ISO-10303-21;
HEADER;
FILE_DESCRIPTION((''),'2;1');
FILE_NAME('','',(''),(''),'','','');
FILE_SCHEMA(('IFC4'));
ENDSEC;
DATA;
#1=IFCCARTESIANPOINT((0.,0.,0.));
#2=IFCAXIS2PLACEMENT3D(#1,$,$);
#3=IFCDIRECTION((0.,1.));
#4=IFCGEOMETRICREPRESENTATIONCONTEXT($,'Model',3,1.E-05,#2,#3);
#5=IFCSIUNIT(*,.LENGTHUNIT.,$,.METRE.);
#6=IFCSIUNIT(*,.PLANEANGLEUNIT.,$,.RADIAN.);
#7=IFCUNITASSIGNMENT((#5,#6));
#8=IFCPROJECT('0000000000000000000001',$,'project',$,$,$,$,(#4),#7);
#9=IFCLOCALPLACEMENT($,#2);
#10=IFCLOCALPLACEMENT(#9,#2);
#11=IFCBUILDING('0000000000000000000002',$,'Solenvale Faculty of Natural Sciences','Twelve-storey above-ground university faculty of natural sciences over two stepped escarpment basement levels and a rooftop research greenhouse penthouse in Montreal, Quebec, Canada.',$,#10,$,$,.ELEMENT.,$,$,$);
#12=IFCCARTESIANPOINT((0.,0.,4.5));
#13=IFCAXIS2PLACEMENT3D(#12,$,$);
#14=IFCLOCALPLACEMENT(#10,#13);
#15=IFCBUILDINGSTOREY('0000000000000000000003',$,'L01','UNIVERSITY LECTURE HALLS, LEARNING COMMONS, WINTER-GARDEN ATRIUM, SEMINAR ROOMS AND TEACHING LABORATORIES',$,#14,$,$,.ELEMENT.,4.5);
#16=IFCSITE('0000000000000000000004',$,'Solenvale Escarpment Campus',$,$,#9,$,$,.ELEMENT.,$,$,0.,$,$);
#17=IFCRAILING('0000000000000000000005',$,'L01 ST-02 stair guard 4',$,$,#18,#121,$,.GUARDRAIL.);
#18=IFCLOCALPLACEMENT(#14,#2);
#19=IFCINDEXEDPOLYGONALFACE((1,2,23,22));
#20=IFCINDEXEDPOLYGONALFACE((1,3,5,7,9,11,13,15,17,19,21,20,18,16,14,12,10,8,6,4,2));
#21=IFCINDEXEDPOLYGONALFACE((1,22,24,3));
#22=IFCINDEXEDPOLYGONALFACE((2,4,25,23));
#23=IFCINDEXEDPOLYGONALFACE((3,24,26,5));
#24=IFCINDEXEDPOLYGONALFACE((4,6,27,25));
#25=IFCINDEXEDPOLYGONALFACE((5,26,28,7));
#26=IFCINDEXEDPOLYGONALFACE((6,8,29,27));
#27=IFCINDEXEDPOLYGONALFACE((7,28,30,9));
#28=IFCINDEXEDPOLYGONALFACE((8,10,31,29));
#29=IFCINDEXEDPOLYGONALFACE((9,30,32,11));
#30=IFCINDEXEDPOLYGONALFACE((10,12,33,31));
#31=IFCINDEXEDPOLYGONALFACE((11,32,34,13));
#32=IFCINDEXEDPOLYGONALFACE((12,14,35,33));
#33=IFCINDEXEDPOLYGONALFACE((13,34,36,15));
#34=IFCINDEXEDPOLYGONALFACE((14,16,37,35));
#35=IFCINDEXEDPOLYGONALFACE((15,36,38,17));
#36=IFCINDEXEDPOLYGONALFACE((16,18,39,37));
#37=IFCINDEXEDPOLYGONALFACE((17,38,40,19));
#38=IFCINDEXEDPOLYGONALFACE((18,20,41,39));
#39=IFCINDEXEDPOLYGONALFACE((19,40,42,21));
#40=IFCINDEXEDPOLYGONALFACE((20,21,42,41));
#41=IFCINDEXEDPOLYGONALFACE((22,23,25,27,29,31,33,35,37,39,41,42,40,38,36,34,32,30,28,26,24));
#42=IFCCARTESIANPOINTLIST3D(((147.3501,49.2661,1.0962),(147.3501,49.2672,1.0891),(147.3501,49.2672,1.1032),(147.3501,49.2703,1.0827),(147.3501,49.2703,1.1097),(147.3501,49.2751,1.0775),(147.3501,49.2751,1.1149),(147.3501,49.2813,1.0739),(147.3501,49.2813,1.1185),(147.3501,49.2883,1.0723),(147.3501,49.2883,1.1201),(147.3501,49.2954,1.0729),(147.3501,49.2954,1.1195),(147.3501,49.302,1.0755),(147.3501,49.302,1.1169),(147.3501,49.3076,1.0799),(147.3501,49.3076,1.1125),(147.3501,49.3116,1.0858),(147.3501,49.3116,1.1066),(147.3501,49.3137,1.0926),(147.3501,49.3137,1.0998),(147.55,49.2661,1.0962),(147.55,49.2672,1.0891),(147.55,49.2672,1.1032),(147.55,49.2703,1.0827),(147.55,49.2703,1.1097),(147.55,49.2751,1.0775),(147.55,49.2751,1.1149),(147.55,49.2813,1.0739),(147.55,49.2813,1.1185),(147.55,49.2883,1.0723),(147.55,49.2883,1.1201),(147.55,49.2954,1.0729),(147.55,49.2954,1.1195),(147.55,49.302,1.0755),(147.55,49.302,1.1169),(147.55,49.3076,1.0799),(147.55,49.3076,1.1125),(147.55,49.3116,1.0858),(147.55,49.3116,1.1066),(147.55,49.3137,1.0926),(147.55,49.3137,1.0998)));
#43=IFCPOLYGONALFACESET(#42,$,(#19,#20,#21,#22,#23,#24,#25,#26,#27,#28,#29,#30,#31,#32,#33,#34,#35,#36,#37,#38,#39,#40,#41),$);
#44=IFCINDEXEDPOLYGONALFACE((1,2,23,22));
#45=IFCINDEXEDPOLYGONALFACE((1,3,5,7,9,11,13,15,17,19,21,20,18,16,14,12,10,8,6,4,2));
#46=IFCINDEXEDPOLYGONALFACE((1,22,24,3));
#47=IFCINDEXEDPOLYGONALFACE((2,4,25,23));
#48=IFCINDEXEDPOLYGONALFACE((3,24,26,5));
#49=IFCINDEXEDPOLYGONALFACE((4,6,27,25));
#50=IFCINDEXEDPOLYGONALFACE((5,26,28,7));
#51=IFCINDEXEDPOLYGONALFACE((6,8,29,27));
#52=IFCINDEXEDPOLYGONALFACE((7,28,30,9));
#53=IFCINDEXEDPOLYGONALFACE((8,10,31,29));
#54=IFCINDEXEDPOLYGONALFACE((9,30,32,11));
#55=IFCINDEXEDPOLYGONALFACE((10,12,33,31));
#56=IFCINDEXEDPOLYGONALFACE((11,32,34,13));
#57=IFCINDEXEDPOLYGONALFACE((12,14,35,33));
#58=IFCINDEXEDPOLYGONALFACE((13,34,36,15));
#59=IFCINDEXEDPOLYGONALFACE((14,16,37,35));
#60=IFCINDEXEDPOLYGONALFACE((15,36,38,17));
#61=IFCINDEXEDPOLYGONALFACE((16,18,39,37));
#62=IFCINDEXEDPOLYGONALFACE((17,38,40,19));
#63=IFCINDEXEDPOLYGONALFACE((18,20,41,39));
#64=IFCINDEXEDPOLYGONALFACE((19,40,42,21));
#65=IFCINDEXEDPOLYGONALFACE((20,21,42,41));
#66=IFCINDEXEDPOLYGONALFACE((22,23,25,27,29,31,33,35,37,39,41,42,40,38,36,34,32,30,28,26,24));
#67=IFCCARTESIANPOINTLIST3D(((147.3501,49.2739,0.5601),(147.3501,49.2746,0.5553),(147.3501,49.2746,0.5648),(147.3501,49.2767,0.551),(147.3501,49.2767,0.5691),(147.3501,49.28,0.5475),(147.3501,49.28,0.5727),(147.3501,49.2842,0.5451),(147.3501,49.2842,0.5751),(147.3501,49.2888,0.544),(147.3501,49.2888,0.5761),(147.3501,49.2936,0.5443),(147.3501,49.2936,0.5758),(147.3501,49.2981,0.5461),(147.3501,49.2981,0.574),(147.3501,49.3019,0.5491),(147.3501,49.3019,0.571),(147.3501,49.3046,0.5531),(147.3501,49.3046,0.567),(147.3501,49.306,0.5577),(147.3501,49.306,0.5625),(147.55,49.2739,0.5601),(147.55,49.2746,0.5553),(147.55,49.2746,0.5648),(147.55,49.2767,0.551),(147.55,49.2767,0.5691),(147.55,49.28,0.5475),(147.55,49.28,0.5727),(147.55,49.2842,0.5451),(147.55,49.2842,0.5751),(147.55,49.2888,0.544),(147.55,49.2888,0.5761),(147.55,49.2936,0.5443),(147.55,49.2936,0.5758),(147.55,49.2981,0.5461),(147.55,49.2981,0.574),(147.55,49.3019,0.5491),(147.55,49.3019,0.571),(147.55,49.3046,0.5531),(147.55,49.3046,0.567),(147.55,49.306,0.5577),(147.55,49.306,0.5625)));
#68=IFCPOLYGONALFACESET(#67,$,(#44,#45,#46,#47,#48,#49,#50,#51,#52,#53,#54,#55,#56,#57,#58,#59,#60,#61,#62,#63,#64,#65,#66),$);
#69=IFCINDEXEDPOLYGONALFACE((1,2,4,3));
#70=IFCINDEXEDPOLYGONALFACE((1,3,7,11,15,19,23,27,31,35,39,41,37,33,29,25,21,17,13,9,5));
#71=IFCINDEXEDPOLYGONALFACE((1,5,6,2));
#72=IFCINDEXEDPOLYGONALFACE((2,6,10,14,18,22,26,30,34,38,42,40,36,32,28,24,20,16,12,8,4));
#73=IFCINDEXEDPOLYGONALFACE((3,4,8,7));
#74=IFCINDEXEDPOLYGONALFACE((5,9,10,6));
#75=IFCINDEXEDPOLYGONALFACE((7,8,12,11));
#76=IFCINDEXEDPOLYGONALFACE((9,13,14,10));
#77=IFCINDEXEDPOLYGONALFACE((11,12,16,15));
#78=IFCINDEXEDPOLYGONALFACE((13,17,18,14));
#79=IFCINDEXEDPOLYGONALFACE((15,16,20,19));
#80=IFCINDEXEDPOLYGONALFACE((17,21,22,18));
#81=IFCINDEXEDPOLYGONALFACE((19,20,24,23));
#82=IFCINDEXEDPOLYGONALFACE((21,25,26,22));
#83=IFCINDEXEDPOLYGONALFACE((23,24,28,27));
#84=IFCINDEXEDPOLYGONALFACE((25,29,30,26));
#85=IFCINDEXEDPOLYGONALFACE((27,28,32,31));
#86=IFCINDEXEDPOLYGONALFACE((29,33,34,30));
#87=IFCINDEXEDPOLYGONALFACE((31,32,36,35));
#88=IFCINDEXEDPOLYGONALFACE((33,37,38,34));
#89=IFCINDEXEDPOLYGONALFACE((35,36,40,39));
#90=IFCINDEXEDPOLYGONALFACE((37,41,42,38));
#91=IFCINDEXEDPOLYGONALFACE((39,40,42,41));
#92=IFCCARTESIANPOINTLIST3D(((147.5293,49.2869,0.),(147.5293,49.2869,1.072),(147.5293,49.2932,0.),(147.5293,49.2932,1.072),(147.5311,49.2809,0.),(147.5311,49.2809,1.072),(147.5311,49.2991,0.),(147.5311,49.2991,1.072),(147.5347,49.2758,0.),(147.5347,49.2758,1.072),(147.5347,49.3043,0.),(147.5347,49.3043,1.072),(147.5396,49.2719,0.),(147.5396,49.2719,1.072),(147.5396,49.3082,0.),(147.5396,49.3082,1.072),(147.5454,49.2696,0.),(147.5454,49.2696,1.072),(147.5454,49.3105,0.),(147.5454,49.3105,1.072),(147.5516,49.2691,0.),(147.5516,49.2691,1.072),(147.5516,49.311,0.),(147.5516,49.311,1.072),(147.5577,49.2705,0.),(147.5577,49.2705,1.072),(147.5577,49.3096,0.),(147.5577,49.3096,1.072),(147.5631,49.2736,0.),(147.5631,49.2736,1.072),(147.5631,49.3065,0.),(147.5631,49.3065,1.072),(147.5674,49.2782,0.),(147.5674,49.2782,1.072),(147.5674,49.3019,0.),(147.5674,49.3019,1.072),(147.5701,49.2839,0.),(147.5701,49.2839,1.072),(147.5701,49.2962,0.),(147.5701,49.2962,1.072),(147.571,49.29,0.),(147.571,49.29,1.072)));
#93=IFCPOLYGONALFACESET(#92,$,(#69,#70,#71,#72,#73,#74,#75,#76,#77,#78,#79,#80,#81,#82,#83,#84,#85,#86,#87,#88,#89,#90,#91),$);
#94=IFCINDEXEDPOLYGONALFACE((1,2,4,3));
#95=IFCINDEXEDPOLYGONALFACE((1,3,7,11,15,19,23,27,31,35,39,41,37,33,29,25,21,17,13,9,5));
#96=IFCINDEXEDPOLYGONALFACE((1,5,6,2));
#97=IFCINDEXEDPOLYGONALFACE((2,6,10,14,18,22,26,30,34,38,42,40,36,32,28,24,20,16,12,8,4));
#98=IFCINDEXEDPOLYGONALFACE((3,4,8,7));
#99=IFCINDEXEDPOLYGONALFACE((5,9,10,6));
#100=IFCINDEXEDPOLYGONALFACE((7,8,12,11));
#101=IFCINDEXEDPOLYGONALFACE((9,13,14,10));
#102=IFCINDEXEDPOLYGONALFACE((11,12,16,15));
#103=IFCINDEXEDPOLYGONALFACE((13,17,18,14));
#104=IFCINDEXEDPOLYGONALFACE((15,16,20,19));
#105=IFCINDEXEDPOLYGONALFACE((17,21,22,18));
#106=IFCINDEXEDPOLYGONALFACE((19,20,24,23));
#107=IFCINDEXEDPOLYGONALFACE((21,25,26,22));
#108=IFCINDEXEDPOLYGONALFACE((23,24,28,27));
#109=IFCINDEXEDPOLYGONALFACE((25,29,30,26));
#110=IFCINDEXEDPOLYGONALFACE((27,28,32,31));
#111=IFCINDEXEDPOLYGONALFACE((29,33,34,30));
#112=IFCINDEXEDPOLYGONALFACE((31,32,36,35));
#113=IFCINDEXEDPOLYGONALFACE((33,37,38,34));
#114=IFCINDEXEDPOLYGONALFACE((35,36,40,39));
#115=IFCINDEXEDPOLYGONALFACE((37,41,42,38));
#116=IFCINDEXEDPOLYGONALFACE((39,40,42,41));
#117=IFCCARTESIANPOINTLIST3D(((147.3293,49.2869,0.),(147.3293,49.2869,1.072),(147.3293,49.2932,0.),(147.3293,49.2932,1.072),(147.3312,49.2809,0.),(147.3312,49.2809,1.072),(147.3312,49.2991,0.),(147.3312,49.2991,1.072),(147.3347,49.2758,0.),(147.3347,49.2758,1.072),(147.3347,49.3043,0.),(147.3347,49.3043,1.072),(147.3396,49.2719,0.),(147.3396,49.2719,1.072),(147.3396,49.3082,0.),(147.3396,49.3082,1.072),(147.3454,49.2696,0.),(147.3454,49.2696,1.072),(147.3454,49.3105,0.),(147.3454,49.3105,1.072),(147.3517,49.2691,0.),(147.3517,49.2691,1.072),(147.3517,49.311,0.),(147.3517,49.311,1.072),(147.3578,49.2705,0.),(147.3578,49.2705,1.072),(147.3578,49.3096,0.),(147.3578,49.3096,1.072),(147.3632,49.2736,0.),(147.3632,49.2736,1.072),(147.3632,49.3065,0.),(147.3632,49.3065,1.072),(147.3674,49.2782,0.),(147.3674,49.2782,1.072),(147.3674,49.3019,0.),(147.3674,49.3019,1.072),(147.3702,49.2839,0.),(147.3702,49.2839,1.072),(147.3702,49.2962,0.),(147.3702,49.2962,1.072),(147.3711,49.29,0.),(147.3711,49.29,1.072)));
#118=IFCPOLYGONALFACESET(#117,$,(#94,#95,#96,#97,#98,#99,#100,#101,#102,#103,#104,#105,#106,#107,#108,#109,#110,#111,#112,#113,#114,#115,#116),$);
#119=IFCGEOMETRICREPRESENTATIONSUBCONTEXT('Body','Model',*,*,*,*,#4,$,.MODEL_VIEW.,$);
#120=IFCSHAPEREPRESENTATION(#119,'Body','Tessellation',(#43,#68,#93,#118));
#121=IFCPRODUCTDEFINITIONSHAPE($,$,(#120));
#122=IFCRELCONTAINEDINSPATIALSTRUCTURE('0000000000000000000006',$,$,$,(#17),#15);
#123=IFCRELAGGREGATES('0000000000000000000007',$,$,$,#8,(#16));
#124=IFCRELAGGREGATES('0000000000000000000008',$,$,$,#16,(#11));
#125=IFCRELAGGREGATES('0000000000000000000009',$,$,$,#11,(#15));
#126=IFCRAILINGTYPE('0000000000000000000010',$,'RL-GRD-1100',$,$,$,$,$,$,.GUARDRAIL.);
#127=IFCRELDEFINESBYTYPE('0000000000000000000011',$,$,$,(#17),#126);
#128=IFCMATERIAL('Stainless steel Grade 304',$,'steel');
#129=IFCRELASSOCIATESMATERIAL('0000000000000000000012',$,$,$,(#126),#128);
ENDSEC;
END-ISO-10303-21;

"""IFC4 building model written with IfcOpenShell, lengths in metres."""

from ifc_helpers import new_model, si_unit, direction, frame, origin, origin_2d, place, context, subcontext, project, spatial, circle, extrude, material, type_object, element, save


model = new_model("IFC4")

# Units and contexts
model_context = context("Model", 3, precision=1e-05, world=origin(), true_north=direction((0.0, 1.0)))
body_context = subcontext(model_context, "Body", "Model", "MODEL_VIEW")
ifc_project = project(units=[si_unit("LENGTHUNIT", "METRE"), si_unit("PLANEANGLEUNIT", "RADIAN")], contexts=[model_context])

# Site, building, storey
site_placement = place(None, origin())
site = spatial("IfcSite", under=ifc_project, at=site_placement, Name="Solenvale Escarpment Campus", CompositionType="ELEMENT", RefElevation=0.0)
building_placement = place(site_placement, origin())
building = spatial("IfcBuilding", under=site, at=building_placement, Name="Solenvale Faculty of Natural Sciences", Description="Twelve-storey above-ground university faculty of natural sciences over two stepped escarpment basement levels and a rooftop research greenhouse penthouse in Montreal, Quebec, Canada.", CompositionType="ELEMENT")
storey_placement = place(building_placement, frame((0.0, 0.0, 4.5)))
storey = spatial("IfcBuildingStorey", under=building, at=storey_placement, Name="L01", Description="UNIVERSITY LECTURE HALLS, LEARNING COMMONS, WINTER-GARDEN ATRIUM, SEMINAR ROOMS AND TEACHING LABORATORIES", CompositionType="ELEMENT", Elevation=4.5)

# Railing
ifc_material_1 = material(Name="Stainless steel Grade 304", Category="steel")
railing_type_1 = type_object("IfcRailingType", Name="RL-GRD-1100", PredefinedType="GUARDRAIL", material=ifc_material_1)
railing_1_placement = place(storey_placement, frame((147.55, 49.29, 0.0)))
element("IfcRailing", 1, at=railing_1_placement, inside=storey, type_object=railing_type_1, Name="L01 ST-02 stair guard 4", PredefinedType="GUARDRAIL", context=body_context, shape_type="SweptSolid", body=[
    extrude(circle(Radius=0.0239, at=origin_2d()), frame((0.0, 0.0, 1.0962), z_axis=(-1.0, 0.0, 0.0), x_axis=(0.0, -1.0, 0.0)), (0.0, 0.0, 1.0), 0.2),
    extrude(circle(Radius=0.0161, at=origin_2d()), frame((0.0, 0.0, 0.5601), z_axis=(-1.0, 0.0, 0.0), x_axis=(0.0, -1.0, 0.0)), (0.0, 0.0, 1.0), 0.2),
    extrude(circle(Radius=0.021, at=origin_2d()), origin(), (0.0, 0.0, 1.0), 1.072),
    extrude(circle(Radius=0.021, at=origin_2d()), frame((-0.2, 0.0, 0.0)), (0.0, 0.0, 1.0), 1.072),
])

save(model, "model.ifc")
